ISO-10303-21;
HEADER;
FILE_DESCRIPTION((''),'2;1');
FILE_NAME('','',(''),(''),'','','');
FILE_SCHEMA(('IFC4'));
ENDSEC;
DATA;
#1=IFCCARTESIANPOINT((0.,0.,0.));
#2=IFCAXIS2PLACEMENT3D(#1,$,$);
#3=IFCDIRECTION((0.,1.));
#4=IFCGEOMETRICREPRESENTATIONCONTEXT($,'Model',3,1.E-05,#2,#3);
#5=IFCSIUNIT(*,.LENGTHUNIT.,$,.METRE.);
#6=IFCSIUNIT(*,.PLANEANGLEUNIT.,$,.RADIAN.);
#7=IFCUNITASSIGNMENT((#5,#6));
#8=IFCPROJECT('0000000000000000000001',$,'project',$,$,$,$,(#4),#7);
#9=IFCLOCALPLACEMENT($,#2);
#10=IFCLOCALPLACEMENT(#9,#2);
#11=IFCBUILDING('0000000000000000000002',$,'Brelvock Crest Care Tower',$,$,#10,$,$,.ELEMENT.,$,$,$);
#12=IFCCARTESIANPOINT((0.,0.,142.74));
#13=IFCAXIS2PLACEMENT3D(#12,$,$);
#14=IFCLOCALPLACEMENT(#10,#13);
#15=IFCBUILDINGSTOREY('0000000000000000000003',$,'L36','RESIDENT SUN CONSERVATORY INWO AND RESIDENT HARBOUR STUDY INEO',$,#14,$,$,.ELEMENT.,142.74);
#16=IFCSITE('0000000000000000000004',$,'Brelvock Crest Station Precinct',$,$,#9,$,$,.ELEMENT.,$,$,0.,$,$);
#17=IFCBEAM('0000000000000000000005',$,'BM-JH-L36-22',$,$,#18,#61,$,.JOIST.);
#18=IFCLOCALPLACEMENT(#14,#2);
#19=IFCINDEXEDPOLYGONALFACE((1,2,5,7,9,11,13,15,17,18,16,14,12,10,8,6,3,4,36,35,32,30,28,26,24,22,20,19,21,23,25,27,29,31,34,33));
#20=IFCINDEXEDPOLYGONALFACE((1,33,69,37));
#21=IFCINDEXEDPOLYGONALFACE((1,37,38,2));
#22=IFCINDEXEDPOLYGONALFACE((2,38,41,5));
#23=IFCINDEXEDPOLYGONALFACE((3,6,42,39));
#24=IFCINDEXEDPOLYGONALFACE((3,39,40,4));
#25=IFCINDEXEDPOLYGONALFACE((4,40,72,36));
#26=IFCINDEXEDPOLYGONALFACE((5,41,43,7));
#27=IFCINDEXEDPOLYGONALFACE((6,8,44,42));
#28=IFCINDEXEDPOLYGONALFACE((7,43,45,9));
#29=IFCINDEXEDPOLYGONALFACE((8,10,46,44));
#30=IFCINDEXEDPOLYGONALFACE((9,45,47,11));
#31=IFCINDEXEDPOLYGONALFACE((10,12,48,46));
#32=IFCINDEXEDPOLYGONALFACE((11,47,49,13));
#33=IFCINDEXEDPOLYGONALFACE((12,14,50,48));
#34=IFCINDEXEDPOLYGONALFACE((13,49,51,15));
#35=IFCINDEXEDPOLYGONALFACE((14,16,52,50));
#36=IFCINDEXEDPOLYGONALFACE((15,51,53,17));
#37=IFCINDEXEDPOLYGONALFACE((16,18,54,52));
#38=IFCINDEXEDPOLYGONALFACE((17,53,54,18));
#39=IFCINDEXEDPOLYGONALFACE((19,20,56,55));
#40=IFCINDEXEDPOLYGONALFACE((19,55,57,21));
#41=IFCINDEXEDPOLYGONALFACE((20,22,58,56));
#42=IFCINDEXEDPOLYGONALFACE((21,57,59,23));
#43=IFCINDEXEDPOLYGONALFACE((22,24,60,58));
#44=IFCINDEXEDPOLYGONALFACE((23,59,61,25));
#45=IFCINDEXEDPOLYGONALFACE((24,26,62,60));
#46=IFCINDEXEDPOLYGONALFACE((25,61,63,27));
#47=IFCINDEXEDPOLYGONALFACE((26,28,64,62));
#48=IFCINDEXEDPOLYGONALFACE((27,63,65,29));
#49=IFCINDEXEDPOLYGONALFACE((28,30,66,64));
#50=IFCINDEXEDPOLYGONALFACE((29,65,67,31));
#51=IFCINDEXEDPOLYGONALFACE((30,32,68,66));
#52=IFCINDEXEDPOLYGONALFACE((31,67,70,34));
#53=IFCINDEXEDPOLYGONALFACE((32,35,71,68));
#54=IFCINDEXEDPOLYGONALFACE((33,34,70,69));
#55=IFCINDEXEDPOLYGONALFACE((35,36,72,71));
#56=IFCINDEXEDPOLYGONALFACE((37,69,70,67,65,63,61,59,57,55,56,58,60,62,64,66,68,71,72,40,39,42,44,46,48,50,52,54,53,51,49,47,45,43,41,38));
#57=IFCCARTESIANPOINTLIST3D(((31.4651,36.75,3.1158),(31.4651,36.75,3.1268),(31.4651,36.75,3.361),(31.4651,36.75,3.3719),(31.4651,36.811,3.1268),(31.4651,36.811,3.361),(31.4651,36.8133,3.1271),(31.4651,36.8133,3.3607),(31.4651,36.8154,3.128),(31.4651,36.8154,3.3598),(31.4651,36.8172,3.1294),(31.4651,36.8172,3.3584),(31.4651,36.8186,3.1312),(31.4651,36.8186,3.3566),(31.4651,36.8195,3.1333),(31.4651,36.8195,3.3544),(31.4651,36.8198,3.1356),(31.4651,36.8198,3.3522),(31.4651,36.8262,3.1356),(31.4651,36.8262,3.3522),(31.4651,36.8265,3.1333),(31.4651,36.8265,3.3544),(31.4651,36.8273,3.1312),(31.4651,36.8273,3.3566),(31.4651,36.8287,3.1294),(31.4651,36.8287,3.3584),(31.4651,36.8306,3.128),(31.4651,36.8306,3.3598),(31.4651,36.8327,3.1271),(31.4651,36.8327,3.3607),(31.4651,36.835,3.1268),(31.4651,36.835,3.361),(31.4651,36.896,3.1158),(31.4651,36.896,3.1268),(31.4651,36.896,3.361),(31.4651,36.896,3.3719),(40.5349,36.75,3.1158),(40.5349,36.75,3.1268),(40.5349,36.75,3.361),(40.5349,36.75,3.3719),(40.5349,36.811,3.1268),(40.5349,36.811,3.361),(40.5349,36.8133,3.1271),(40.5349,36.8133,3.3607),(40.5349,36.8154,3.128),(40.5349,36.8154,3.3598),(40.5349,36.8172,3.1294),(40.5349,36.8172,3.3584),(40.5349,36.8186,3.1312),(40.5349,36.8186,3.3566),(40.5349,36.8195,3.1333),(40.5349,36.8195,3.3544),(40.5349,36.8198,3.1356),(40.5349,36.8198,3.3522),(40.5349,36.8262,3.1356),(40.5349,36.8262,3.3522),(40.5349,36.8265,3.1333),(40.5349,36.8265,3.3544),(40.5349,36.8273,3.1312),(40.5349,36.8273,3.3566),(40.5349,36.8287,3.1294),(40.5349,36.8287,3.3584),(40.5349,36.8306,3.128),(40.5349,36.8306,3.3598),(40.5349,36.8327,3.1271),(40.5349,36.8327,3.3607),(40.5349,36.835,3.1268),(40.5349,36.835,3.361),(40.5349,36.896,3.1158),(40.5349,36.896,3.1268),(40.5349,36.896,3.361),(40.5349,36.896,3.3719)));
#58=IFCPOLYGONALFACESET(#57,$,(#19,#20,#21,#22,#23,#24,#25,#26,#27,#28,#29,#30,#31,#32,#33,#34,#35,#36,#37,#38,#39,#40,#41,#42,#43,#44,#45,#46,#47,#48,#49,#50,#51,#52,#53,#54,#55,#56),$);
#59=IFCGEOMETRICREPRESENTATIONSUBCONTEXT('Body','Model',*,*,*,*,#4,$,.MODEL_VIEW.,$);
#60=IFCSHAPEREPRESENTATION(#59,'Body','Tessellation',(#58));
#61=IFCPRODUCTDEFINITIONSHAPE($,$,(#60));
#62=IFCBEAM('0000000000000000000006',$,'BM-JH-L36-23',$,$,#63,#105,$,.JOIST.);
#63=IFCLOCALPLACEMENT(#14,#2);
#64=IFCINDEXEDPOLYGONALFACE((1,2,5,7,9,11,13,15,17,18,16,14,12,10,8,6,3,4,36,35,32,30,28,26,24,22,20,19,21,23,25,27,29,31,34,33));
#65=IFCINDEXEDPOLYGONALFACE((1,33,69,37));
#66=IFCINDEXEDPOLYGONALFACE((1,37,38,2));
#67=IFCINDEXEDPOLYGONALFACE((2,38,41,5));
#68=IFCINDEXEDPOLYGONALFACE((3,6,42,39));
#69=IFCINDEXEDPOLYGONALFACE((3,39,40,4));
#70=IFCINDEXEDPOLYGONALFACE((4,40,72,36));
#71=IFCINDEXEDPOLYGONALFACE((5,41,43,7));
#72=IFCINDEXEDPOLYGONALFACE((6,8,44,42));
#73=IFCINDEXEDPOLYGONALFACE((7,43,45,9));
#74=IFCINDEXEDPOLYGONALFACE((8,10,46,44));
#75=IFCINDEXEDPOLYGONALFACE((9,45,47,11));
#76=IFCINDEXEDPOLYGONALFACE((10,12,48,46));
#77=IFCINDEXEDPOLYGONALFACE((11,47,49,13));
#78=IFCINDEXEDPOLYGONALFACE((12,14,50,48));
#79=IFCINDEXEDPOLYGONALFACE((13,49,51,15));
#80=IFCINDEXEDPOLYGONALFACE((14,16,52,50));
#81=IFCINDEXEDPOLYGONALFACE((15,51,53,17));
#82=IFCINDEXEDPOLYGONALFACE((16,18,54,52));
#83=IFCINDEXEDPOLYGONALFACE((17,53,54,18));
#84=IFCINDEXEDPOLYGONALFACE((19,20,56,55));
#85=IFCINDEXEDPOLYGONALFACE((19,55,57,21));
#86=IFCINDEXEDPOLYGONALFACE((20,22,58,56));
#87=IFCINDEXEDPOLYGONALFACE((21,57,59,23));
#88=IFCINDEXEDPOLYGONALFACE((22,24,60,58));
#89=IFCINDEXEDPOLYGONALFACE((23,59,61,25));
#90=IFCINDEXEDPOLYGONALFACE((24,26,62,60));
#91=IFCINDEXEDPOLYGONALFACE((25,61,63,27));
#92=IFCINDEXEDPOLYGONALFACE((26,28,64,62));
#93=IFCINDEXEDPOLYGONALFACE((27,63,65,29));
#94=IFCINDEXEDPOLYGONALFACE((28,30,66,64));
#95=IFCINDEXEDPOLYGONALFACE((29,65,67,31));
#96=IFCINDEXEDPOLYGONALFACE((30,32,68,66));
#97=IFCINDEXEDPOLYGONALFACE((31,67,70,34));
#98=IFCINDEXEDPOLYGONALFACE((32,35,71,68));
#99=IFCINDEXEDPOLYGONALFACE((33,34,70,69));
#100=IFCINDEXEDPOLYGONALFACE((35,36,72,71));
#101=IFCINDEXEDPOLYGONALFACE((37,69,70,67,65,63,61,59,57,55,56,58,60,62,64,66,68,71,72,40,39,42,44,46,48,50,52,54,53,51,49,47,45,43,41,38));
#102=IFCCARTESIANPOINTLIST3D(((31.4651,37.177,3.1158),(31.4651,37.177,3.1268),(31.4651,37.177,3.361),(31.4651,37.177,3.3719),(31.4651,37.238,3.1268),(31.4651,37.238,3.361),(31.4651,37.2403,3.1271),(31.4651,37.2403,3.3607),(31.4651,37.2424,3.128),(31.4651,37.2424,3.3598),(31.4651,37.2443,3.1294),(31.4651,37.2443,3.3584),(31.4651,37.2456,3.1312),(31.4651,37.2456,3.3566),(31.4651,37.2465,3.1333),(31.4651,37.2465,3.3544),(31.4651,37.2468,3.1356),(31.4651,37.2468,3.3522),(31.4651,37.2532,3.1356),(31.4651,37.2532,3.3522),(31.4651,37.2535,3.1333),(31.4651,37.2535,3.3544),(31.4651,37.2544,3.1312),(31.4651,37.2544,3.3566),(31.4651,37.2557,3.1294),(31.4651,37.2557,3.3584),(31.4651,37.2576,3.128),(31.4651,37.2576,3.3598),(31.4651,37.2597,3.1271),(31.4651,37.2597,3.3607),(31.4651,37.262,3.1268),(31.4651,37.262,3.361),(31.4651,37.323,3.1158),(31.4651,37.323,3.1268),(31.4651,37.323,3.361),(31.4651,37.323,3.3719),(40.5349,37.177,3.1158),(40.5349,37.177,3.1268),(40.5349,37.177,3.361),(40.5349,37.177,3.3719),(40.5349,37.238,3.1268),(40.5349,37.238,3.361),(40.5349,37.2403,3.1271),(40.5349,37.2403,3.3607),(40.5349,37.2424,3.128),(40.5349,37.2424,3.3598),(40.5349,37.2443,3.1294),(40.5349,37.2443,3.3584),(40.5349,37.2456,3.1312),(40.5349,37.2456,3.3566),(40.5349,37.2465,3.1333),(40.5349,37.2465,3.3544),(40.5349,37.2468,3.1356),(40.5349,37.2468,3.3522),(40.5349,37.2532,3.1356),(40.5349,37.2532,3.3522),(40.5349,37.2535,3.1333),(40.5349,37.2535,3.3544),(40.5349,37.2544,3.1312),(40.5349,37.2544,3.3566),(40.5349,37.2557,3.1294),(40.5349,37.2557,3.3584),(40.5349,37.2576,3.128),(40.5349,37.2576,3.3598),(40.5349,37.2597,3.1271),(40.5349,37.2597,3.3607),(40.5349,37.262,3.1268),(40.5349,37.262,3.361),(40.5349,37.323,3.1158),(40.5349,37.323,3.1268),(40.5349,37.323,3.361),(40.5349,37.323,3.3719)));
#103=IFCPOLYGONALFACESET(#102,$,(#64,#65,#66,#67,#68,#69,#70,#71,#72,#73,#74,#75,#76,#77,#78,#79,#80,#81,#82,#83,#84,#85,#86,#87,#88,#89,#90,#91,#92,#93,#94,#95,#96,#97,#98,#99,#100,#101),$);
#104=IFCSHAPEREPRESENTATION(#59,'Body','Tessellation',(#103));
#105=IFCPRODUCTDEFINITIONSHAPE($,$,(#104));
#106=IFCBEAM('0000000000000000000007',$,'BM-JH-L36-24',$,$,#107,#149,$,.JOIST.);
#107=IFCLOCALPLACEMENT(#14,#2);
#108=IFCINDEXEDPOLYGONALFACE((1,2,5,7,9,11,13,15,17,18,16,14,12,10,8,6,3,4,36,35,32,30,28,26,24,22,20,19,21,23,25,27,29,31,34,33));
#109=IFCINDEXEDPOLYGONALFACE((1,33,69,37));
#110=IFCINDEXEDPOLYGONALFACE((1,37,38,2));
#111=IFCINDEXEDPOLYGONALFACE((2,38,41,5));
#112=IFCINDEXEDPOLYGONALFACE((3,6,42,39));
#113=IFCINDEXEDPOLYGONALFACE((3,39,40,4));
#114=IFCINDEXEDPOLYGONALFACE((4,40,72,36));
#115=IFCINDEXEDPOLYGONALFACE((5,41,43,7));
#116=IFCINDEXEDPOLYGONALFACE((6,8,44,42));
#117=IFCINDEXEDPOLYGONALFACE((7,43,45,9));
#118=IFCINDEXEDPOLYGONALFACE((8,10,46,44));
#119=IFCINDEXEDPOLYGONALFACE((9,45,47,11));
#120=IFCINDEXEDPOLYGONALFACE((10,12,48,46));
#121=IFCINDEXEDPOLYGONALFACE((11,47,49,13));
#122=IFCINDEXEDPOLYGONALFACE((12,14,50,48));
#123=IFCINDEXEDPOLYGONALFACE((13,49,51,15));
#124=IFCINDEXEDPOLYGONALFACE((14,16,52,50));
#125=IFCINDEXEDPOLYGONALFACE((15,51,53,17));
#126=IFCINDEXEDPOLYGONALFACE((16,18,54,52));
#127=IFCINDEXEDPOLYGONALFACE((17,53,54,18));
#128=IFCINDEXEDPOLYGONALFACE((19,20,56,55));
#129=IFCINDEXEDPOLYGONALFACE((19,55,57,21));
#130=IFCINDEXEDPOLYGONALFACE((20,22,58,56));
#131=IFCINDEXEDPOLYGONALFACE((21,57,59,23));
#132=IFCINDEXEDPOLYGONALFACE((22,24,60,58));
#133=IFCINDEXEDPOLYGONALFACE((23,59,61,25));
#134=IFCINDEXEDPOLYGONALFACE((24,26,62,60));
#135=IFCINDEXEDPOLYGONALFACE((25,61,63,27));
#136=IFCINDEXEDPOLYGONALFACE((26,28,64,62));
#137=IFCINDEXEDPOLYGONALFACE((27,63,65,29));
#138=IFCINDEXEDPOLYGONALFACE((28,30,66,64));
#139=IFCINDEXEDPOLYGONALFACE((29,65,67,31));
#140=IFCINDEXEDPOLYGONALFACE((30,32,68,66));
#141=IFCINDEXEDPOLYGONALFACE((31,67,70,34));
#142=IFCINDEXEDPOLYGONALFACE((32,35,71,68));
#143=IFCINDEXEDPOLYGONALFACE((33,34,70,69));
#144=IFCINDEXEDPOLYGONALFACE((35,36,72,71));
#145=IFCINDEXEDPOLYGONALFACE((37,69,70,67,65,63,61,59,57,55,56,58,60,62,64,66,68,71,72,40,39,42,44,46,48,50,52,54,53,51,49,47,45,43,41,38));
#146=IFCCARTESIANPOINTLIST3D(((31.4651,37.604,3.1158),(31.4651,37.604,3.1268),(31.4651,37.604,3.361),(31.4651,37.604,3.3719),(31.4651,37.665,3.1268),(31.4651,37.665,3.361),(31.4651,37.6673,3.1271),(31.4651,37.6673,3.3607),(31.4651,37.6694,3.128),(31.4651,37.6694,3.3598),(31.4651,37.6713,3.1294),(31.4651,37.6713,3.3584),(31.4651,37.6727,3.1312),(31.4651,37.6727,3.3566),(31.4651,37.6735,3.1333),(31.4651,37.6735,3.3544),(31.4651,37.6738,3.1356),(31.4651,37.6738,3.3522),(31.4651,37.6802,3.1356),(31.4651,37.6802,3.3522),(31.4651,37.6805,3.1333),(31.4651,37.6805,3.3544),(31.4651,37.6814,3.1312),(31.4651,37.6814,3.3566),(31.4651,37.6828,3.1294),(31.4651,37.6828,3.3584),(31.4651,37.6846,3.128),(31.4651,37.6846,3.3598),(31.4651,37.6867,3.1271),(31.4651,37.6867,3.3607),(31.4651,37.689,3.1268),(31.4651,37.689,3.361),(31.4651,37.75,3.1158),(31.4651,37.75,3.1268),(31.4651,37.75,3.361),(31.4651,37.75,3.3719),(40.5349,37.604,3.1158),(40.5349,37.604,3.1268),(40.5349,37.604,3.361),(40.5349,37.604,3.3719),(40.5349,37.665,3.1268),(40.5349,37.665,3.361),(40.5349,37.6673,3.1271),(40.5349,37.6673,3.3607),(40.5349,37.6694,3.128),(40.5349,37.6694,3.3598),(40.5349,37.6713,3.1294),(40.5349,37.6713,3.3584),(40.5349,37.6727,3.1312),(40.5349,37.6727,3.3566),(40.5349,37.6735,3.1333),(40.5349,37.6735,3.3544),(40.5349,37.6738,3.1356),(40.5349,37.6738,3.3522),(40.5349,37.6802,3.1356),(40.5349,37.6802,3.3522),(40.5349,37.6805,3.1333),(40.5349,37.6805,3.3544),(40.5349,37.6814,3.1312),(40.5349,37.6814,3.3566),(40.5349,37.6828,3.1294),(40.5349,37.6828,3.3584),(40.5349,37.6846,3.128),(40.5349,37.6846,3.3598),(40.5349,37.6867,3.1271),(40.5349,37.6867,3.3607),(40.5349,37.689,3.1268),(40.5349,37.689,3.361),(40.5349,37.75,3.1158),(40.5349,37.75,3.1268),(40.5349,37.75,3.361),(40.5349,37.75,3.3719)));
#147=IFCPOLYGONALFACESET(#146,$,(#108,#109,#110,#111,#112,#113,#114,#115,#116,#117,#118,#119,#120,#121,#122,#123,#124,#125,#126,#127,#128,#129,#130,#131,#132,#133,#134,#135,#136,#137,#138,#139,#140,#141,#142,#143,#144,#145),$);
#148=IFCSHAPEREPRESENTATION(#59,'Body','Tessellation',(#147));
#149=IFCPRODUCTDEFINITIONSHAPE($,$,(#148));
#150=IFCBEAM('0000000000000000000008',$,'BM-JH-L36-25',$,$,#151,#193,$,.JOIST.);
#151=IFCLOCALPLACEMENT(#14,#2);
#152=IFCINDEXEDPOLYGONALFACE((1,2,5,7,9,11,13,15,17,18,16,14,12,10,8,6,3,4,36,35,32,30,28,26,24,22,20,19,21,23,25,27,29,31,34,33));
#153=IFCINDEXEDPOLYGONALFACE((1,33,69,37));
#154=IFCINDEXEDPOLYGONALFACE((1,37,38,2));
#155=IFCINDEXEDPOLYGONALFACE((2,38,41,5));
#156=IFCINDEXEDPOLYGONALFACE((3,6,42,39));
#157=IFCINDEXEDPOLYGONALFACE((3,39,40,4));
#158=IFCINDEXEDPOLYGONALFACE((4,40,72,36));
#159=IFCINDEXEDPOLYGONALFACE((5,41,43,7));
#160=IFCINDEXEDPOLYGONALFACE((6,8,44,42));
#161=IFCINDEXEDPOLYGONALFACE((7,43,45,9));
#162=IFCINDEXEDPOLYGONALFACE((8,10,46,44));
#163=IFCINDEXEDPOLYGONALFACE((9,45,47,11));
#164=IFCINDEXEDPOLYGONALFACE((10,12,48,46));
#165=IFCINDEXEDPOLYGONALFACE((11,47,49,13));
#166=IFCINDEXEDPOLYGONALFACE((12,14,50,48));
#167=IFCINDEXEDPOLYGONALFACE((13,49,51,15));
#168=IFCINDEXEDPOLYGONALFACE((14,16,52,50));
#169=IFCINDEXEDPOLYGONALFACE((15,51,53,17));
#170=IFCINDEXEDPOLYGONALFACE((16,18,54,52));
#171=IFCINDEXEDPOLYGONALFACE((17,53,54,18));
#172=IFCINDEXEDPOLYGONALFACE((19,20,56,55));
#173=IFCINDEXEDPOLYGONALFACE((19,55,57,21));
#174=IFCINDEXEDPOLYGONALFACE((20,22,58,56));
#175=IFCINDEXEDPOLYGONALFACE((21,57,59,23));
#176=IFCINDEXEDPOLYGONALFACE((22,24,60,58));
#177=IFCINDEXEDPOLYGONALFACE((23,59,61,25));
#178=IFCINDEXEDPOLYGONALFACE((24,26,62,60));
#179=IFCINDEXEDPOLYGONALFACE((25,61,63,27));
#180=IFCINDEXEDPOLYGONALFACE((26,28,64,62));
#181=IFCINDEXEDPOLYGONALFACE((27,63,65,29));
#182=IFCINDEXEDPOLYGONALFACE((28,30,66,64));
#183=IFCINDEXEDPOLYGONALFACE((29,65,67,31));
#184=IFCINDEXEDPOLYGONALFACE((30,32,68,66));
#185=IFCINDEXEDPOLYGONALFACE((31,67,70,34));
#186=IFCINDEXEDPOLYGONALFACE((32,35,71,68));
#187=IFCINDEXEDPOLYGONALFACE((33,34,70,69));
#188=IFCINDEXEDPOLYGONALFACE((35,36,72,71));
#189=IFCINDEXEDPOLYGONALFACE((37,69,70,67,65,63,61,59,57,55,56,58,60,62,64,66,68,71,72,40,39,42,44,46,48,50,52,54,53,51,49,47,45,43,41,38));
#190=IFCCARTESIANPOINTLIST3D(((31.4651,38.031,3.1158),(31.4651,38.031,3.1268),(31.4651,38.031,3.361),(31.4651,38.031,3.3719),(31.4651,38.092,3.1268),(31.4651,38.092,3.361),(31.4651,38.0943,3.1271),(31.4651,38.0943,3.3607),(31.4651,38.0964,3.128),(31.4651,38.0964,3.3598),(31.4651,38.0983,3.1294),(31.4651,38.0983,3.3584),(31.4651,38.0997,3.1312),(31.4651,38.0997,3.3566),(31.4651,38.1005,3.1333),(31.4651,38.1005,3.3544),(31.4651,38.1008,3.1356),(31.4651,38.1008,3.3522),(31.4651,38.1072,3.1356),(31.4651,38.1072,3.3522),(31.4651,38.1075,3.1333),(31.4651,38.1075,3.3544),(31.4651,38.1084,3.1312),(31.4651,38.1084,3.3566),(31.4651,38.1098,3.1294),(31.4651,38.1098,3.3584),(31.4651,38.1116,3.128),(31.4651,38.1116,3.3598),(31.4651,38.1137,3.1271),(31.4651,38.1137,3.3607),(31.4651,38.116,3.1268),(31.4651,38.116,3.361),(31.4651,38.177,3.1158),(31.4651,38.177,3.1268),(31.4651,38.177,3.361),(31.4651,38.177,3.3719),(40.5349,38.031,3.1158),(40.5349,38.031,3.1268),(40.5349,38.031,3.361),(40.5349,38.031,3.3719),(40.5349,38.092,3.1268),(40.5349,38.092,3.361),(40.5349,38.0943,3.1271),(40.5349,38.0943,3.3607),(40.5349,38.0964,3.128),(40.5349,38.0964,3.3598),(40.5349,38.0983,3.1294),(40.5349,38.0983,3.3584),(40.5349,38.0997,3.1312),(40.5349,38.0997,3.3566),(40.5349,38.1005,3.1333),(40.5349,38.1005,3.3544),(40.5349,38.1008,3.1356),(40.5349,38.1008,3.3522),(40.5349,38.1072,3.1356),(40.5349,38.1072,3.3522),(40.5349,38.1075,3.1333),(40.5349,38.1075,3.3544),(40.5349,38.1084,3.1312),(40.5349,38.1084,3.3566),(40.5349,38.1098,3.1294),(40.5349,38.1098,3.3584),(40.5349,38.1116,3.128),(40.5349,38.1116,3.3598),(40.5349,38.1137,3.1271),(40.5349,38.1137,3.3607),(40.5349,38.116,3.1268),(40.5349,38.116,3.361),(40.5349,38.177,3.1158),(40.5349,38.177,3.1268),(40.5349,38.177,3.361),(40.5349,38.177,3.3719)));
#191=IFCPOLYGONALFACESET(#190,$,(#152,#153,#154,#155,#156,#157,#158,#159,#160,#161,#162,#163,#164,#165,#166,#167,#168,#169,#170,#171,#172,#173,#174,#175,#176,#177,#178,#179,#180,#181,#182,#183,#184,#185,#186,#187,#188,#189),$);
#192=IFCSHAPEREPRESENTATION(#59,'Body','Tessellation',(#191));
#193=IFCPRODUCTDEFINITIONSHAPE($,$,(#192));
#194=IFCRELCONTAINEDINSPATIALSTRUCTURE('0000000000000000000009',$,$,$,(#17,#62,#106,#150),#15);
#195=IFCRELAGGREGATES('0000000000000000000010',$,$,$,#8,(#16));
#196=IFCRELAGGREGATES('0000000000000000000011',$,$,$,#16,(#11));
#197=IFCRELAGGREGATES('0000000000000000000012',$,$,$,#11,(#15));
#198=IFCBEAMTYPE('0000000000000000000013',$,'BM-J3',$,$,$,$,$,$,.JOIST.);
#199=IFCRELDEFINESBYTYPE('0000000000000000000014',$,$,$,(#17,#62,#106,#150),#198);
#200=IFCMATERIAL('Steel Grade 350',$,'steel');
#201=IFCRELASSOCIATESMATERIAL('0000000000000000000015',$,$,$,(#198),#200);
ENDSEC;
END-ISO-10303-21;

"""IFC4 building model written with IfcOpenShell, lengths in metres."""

from ifc_helpers import new_model, si_unit, direction, frame, origin, origin_2d, place, context, subcontext, project, spatial, i_section, extrude, source, transform, mapped, material, material_profile, profile_set, type_object, element, save


model = new_model("IFC4")

# Units and contexts
model_context = context("Model", 3, precision=1e-05, world=origin(), true_north=direction((0.0, 1.0)))
body_context = subcontext(model_context, "Body", "Model", "MODEL_VIEW")
ifc_project = project(units=[si_unit("LENGTHUNIT", "METRE"), si_unit("PLANEANGLEUNIT", "RADIAN")], contexts=[model_context])

# Site, building, storey
site_placement = place(None, origin())
site = spatial("IfcSite", under=ifc_project, at=site_placement, Name="Brelvock Crest Station Precinct", CompositionType="ELEMENT", RefElevation=0.0)
building_placement = place(site_placement, origin())
building = spatial("IfcBuilding", under=site, at=building_placement, Name="Brelvock Crest Care Tower", CompositionType="ELEMENT")
storey_placement = place(building_placement, frame((0.0, 0.0, 142.74)))
storey = spatial("IfcBuildingStorey", under=building, at=storey_placement, Name="L36", Description="RESIDENT SUN CONSERVATORY INWO AND RESIDENT HARBOUR STUDY INEO", CompositionType="ELEMENT", Elevation=142.74)

# Beams
ifc_material_1 = material(Name="Steel Grade 350", Category="steel")
ifc_material_profile_1 = material_profile(ifc_material_1, i_section(OverallWidth=0.146, OverallDepth=0.2561, WebThickness=0.0063, FlangeThickness=0.011, FilletRadius=0.0088, at=origin_2d()), Name="250UB37.3")
ifc_profile_set_1 = profile_set([ifc_material_profile_1], Name="Steel Grade 350")
beam_type_1 = type_object("IfcBeamType", Name="BM-J3", PredefinedType="JOIST", material=ifc_profile_set_1)
shared_shape_1 = source(origin(), body_context, "Body", "SweptSolid", [
    extrude(i_section(OverallWidth=0.146, OverallDepth=0.2561, WebThickness=0.0063, FlangeThickness=0.011, FilletRadius=0.0088, at=origin_2d()), origin(), (0.0, 0.0, 1.0), 9.0698),
])
for number, where, z_axis, x_axis, name in (
    (1, (31.4651, 36.823, 3.2439), (1.0, 0.0, 0.0), (0.0, 1.0, 0.0), "BM-JH-L36-22"),
    (2, (31.4651, 37.25, 3.2439), (1.0, 0.0, 0.0), (0.0, 1.0, 0.0), "BM-JH-L36-23"),
    (3, (31.4651, 37.677, 3.2439), (1.0, 0.0, 0.0), (0.0, 1.0, 0.0), "BM-JH-L36-24"),
    (4, (31.4651, 38.104, 3.2439), (1.0, 0.0, 0.0), (0.0, 1.0, 0.0), "BM-JH-L36-25"),
):
    element("IfcBeam", number, at=place(storey_placement, frame(where, z_axis=z_axis, x_axis=x_axis)), inside=storey, type_object=beam_type_1, Name=name, PredefinedType="JOIST", context=body_context, shape_type="MappedRepresentation", body=[
        mapped(shared_shape_1, transform((0.0, 0.0, 0.0), x_axis=(1.0, 0.0, 0.0), y_axis=(0.0, 1.0, 0.0), z_axis=(0.0, 0.0, 1.0), scale=1.0)),
    ])

save(model, "model.ifc")
